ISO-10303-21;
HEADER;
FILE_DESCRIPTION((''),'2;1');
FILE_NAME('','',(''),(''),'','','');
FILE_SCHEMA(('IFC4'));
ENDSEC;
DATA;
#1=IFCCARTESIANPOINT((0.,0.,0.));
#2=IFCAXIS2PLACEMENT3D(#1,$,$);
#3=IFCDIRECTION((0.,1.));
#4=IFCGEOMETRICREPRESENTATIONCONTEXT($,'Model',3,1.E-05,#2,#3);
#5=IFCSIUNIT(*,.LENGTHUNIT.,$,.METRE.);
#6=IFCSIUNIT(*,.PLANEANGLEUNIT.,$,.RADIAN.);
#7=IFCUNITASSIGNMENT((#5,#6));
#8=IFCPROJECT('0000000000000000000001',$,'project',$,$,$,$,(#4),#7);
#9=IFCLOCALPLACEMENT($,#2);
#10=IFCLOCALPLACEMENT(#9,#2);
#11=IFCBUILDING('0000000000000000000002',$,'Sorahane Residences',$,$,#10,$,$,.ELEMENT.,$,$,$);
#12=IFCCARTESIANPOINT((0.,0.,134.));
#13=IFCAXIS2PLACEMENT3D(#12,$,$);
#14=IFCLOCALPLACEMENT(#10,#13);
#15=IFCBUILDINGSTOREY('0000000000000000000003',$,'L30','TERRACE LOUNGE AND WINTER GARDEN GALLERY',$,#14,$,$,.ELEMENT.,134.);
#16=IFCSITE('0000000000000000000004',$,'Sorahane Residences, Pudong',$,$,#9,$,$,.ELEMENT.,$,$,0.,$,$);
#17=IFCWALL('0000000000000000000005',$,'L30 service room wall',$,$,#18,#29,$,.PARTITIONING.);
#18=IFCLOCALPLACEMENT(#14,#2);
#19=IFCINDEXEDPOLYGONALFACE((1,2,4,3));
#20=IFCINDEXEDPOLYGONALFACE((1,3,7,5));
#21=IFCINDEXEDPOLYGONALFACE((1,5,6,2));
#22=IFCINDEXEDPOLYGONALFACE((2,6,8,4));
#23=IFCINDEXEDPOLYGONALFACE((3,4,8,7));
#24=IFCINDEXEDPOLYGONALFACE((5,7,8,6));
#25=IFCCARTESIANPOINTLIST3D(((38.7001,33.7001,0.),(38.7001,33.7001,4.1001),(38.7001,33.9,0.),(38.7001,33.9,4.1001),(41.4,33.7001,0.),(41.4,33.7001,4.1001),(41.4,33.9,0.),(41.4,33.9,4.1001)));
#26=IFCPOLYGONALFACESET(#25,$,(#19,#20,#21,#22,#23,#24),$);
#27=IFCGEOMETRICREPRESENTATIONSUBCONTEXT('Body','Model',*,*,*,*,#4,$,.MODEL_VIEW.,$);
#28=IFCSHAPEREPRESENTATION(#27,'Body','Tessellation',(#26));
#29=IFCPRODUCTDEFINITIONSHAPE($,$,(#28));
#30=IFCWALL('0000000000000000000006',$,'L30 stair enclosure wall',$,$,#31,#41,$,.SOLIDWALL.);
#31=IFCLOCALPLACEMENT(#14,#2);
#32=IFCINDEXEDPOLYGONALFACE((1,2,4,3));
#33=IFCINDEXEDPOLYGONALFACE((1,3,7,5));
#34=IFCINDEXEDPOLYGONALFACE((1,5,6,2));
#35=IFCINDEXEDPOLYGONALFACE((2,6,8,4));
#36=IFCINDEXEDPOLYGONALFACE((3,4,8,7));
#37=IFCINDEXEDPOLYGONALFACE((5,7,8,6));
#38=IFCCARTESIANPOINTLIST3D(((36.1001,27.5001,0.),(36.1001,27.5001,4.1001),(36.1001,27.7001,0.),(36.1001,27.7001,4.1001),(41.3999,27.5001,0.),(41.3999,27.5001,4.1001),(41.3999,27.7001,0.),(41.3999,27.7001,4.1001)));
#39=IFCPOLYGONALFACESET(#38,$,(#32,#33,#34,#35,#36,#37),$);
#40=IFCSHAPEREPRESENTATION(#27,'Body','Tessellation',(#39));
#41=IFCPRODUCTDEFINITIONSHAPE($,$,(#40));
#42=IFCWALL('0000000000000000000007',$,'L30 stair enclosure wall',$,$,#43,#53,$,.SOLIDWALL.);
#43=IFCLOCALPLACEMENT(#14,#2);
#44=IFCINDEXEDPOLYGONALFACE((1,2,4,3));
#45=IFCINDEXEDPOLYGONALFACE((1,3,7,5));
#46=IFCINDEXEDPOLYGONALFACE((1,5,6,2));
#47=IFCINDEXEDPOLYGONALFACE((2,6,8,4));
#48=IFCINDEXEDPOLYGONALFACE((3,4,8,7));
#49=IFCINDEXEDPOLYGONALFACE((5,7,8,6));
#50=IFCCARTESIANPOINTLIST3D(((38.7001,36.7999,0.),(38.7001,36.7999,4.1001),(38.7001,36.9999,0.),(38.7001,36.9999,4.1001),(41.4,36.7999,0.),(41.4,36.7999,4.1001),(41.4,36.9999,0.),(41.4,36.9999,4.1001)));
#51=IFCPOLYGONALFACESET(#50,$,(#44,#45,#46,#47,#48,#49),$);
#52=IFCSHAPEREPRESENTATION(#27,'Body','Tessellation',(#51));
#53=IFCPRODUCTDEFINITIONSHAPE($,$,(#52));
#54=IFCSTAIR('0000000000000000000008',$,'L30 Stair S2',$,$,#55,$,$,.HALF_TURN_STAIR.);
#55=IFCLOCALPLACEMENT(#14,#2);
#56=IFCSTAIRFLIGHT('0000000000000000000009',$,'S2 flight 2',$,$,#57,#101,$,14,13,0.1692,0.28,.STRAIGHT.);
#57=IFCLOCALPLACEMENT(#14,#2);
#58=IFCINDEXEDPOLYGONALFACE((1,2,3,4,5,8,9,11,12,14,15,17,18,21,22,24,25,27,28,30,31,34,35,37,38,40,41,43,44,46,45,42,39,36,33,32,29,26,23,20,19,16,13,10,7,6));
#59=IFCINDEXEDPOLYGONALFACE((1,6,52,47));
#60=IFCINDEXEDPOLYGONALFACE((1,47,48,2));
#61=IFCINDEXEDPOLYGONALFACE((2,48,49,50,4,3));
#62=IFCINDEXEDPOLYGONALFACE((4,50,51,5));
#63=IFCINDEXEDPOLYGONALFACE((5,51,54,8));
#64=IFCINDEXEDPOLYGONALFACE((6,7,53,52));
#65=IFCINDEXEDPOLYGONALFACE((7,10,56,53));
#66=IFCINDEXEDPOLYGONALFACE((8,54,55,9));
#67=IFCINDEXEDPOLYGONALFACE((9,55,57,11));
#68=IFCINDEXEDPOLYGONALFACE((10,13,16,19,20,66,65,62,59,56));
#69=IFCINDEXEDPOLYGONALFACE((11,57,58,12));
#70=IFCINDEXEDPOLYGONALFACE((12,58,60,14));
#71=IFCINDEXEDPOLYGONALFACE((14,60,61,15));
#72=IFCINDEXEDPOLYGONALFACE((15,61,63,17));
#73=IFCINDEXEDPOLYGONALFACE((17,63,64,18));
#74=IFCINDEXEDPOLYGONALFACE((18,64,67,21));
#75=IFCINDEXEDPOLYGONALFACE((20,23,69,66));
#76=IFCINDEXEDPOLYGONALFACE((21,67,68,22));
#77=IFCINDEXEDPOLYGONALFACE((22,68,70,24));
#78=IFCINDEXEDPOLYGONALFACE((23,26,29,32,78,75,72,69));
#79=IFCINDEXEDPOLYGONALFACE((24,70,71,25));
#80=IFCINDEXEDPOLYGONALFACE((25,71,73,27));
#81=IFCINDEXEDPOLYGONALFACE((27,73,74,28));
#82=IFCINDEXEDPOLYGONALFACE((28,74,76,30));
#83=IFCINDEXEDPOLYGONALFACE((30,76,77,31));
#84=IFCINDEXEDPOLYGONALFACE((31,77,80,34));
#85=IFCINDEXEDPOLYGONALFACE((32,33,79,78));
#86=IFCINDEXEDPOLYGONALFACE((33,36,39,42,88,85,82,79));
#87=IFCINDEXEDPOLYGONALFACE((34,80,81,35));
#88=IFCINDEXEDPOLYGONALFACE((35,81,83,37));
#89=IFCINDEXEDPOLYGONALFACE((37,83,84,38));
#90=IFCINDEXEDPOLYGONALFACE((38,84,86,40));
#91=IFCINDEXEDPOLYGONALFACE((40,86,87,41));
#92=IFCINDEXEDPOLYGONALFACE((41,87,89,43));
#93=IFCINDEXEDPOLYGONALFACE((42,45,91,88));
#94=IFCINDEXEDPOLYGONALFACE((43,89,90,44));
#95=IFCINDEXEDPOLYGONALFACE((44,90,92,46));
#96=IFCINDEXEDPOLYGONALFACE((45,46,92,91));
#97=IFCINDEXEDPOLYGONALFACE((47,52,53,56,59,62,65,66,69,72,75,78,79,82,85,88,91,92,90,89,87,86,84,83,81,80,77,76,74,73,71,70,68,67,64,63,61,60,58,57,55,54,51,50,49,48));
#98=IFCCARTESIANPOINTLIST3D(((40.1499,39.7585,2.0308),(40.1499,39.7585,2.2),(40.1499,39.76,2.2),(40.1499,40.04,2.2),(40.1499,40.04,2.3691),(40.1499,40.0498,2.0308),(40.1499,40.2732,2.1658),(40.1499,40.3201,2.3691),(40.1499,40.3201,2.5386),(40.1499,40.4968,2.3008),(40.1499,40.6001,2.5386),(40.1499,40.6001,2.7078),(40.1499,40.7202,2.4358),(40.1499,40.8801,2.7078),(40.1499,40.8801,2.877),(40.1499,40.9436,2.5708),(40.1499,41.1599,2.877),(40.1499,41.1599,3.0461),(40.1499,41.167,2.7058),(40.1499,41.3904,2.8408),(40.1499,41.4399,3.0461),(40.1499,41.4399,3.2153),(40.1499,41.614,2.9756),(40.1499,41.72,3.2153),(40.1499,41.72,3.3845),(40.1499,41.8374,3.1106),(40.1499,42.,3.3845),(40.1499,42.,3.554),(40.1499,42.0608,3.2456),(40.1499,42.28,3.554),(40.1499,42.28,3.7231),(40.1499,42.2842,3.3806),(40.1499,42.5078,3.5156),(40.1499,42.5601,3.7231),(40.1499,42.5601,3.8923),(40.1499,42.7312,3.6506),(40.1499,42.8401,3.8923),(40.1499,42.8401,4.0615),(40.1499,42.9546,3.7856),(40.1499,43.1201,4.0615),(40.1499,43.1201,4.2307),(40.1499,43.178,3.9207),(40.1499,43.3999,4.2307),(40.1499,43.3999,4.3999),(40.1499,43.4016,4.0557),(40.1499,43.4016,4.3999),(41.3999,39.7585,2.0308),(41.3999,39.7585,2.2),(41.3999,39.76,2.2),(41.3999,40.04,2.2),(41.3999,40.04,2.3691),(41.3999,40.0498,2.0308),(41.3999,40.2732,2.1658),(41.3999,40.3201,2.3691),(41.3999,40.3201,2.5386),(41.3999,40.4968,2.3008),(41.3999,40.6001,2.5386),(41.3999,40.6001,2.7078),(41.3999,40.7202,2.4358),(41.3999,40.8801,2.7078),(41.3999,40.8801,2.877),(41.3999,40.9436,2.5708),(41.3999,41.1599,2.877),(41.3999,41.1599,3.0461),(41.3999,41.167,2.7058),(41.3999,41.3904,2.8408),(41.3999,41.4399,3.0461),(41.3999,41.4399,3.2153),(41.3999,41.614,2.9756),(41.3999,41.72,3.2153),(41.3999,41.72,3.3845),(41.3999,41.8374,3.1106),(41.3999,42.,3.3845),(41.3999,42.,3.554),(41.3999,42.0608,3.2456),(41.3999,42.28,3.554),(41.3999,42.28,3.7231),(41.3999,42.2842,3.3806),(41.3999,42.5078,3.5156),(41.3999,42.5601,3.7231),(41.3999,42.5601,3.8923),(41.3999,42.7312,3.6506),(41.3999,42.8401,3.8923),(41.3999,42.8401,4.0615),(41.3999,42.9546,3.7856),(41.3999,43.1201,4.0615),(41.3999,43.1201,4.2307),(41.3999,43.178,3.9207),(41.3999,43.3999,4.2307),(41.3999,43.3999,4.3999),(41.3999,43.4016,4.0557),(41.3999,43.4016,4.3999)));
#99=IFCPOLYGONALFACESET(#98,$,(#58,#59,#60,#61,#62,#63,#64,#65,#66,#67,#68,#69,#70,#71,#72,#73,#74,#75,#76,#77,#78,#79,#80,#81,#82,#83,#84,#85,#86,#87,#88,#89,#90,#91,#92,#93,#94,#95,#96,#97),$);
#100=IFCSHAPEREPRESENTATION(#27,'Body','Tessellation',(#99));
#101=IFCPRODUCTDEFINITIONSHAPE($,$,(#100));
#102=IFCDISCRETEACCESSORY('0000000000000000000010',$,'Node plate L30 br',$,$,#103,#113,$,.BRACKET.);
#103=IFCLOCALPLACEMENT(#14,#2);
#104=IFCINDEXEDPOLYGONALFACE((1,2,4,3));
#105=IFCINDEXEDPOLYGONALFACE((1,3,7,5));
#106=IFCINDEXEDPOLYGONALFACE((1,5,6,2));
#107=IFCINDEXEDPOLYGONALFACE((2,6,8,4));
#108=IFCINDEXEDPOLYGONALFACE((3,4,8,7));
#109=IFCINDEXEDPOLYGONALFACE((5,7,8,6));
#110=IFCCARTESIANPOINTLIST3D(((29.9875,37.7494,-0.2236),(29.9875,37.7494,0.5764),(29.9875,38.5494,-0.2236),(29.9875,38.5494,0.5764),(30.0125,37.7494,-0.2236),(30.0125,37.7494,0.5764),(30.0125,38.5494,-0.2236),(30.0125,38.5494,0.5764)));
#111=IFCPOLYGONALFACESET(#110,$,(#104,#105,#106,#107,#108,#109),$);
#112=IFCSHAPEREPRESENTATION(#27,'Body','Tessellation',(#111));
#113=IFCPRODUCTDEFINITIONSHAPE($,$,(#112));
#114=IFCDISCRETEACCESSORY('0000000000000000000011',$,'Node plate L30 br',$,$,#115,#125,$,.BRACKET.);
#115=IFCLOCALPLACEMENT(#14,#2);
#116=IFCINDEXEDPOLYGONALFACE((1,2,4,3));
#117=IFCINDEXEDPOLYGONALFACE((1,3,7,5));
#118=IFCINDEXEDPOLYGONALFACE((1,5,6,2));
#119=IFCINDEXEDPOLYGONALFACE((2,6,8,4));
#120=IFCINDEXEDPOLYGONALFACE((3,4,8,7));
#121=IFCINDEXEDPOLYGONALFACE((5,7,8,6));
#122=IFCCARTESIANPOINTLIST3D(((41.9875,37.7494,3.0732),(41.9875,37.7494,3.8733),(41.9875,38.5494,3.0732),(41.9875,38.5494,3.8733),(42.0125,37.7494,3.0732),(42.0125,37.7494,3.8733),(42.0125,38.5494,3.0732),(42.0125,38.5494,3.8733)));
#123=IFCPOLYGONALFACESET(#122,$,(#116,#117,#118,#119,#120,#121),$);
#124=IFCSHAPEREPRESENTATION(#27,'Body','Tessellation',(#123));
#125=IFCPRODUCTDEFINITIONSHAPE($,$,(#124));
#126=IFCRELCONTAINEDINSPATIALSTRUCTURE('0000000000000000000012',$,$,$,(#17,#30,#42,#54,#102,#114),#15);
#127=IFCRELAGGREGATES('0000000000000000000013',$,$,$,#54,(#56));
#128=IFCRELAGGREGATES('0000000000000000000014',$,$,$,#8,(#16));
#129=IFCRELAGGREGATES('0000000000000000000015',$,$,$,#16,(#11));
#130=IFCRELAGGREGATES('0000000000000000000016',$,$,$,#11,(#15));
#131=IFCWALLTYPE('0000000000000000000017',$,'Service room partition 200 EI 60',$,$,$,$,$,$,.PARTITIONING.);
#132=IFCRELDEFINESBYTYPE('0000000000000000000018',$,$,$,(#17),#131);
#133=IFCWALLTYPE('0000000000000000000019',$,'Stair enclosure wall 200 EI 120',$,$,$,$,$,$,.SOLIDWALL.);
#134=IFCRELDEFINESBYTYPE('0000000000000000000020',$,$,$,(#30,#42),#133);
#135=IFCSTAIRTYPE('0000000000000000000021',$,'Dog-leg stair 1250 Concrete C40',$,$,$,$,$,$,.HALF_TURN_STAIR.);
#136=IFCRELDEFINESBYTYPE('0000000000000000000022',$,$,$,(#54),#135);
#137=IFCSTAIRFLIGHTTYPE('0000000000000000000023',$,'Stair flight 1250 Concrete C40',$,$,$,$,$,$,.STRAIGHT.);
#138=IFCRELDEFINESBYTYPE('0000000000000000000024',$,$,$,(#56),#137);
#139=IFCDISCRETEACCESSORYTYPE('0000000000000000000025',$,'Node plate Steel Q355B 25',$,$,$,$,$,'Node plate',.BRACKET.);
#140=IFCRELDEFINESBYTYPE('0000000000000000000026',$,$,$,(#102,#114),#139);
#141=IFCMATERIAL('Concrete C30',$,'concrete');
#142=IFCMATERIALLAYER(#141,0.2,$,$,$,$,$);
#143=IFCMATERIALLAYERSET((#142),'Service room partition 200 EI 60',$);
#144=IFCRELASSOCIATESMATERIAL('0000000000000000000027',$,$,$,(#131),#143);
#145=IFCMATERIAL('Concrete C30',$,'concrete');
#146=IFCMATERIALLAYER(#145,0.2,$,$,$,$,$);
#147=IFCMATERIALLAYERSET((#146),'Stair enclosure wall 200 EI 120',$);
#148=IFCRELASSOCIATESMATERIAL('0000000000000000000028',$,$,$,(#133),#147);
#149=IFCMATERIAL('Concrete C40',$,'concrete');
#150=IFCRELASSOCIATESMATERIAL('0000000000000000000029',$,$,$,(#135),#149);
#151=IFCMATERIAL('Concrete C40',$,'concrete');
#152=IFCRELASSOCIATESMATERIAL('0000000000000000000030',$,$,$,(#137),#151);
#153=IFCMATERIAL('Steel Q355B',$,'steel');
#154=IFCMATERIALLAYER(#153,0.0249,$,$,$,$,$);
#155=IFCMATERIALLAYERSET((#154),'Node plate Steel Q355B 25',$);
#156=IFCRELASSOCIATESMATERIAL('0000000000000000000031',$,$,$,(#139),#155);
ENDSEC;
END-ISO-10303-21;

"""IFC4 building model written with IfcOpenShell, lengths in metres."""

from ifc_helpers import new_model, si_unit, direction, frame, frame_2d, origin, origin_2d, place, context, subcontext, project, spatial, polyline, rectangle, outline, extrude, material, layer, layer_set, type_object, element, aggregate, save


model = new_model("IFC4")

# Units and contexts
model_context = context("Model", 3, precision=1e-05, world=origin(), true_north=direction((0.0, 1.0)))
body_context = subcontext(model_context, "Body", "Model", "MODEL_VIEW")
ifc_project = project(units=[si_unit("LENGTHUNIT", "METRE"), si_unit("PLANEANGLEUNIT", "RADIAN")], contexts=[model_context])

# Site, building, storey
site_placement = place(None, origin())
site = spatial("IfcSite", under=ifc_project, at=site_placement, Name="Sorahane Residences, Pudong", CompositionType="ELEMENT", RefElevation=0.0)
building_placement = place(site_placement, origin())
building = spatial("IfcBuilding", under=site, at=building_placement, Name="Sorahane Residences", CompositionType="ELEMENT")
storey_placement = place(building_placement, frame((0.0, 0.0, 134.0)))
storey = spatial("IfcBuildingStorey", under=building, at=storey_placement, Name="L30", Description="TERRACE LOUNGE AND WINTER GARDEN GALLERY", CompositionType="ELEMENT", Elevation=134.0)

# Walls
ifc_material_1 = material(Name="Concrete C30", Category="concrete")
ifc_layer_1 = layer(ifc_material_1, 0.2)
ifc_layer_set_1 = layer_set([ifc_layer_1], Name="Service room partition 200 EI 60")
wall_type_1 = type_object("IfcWallType", Name="Service room partition 200 EI 60", PredefinedType="PARTITIONING", material=ifc_layer_set_1)
for number, where, z_axis, x_axis, name in (
    (1, (38.7, 33.8, 0.0), (0.0, 0.0, 1.0), (1.0, 0.0, 0.0), "L30 service room wall"),
):
    element("IfcWall", number, at=place(storey_placement, frame(where, z_axis=z_axis, x_axis=x_axis)), inside=storey, type_object=wall_type_1, Name=name, PredefinedType="PARTITIONING", context=body_context, shape_type="SweptSolid", body=[
        extrude(rectangle(XDim=2.7, YDim=0.2, at=frame_2d((1.3501, 0.0))), origin(), (0.0, 0.0, 1.0), 4.1001),
    ])
ifc_material_2 = material(Name="Concrete C30", Category="concrete")
ifc_layer_2 = layer(ifc_material_2, 0.2)
ifc_layer_set_2 = layer_set([ifc_layer_2], Name="Stair enclosure wall 200 EI 120")
wall_type_2 = type_object("IfcWallType", Name="Stair enclosure wall 200 EI 120", PredefinedType="SOLIDWALL", material=ifc_layer_set_2)
wall_1_placement = place(storey_placement, frame((36.1001, 27.6001, 0.0), z_axis=(0.0, 0.0, 1.0), x_axis=(1.0, 0.0, 0.0)))
element("IfcWall", 2, at=wall_1_placement, inside=storey, type_object=wall_type_2, Name="L30 stair enclosure wall", PredefinedType="SOLIDWALL", context=body_context, shape_type="SweptSolid", body=[
    extrude(rectangle(XDim=5.2998, YDim=0.2, at=frame_2d((2.6499, 0.0))), origin(), (0.0, 0.0, 1.0), 4.1001),
])
wall_2_placement = place(storey_placement, frame((38.7, 36.8999, 0.0), z_axis=(0.0, 0.0, 1.0), x_axis=(1.0, 0.0, 0.0)))
element("IfcWall", 3, at=wall_2_placement, inside=storey, type_object=wall_type_2, Name="L30 stair enclosure wall", PredefinedType="SOLIDWALL", context=body_context, shape_type="SweptSolid", body=[
    extrude(rectangle(XDim=2.7, YDim=0.2, at=frame_2d((1.3501, 0.0))), origin(), (0.0, 0.0, 1.0), 4.1001),
])

# Stair, stair flight
ifc_material_3 = material(Name="Concrete C40", Category="concrete")
stair_type = type_object("IfcStairType", Name="Dog-leg stair 1250 Concrete C40", PredefinedType="HALF_TURN_STAIR", material=ifc_material_3)
stair_placement = place(storey_placement, origin())
stair = element("IfcStair", 4, at=stair_placement, inside=storey, type_object=stair_type, Name="L30 Stair S2", PredefinedType="HALF_TURN_STAIR")
ifc_material_4 = material(Name="Concrete C40", Category="concrete")
stair_flight_type = type_object("IfcStairFlightType", Name="Stair flight 1250 Concrete C40", PredefinedType="STRAIGHT", material=ifc_material_4)
stair_flight_placement = place(storey_placement, frame((40.7749, 39.76, 2.0308), z_axis=(0.0, 0.0, 1.0), x_axis=(0.0, 1.0, 0.0)))
stair_flight = element("IfcStairFlight", 5, at=stair_flight_placement, type_object=stair_flight_type, Name="S2 flight 2", NumberOfRisers=14, NumberOfTreads=13, PredefinedType="STRAIGHT", RiserHeight=0.1692, TreadLength=0.28, context=body_context, shape_type="SweptSolid", body=[
    extrude(outline(polyline([(-0.0015, 0.0), (-0.0015, 0.1692), (0.0, 0.1692), (0.28, 0.1692), (0.28, 0.3384), (0.5601, 0.3384), (0.5601, 0.5078), (0.8401, 0.5078), (0.8401, 0.677), (1.1201, 0.677), (1.1201, 0.8462), (1.3999, 0.8462), (1.3999, 1.0154), (1.6799, 1.0154), (1.6799, 1.1846), (1.96, 1.1846), (1.96, 1.3538), (2.24, 1.3538), (2.24, 1.5232), (2.52, 1.5232), (2.52, 1.6924), (2.8, 1.6924), (2.8, 1.8616), (3.0801, 1.8616), (3.0801, 2.0308), (3.3601, 2.0308), (3.3601, 2.2), (3.6399, 2.2), (3.6399, 2.3691), (3.6416, 2.3691), (3.6416, 2.0249), (3.418, 1.8899), (3.1946, 1.7549), (2.9712, 1.6199), (2.7478, 1.4849), (2.5242, 1.3499), (2.3008, 1.2148), (2.0774, 1.0798), (1.854, 0.9448), (1.6304, 0.8101), (1.407, 0.675), (1.1836, 0.54), (0.9602, 0.405), (0.7368, 0.27), (0.5132, 0.135), (0.2898, 0.0), (-0.0015, 0.0)])), frame((0.0, 0.625, 0.0), z_axis=(0.0, -1.0, 0.0), x_axis=(1.0, 0.0, 0.0)), (0.0, 0.0, 1.0), 1.25),
])
aggregate(stair, [stair_flight])

# Discrete accessories
ifc_material_5 = material(Name="Steel Q355B", Category="steel")
ifc_layer_3 = layer(ifc_material_5, 0.0249)
ifc_layer_set_3 = layer_set([ifc_layer_3], Name="Node plate Steel Q355B 25")
discrete_accessory_type = type_object("IfcDiscreteAccessoryType", Name="Node plate Steel Q355B 25", ElementType="Node plate", PredefinedType="BRACKET", material=ifc_layer_set_3)
for number, where, z_axis, x_axis, name in (
    (6, (30.0, 38.1494, -0.2236), (0.0, 0.0, 1.0), (0.0, 1.0, 0.0), "Node plate L30 br"),
    (7, (42.0, 38.1494, 3.0732), (0.0, 0.0, 1.0), (0.0, 1.0, 0.0), "Node plate L30 br"),
):
    element("IfcDiscreteAccessory", number, at=place(storey_placement, frame(where, z_axis=z_axis, x_axis=x_axis)), inside=storey, type_object=discrete_accessory_type, Name=name, PredefinedType="BRACKET", context=body_context, shape_type="SweptSolid", body=[
        extrude(rectangle(XDim=0.8, YDim=0.0249, at=origin_2d()), origin(), (0.0, 0.0, 1.0), 0.8),
    ])

save(model, "model.ifc")
